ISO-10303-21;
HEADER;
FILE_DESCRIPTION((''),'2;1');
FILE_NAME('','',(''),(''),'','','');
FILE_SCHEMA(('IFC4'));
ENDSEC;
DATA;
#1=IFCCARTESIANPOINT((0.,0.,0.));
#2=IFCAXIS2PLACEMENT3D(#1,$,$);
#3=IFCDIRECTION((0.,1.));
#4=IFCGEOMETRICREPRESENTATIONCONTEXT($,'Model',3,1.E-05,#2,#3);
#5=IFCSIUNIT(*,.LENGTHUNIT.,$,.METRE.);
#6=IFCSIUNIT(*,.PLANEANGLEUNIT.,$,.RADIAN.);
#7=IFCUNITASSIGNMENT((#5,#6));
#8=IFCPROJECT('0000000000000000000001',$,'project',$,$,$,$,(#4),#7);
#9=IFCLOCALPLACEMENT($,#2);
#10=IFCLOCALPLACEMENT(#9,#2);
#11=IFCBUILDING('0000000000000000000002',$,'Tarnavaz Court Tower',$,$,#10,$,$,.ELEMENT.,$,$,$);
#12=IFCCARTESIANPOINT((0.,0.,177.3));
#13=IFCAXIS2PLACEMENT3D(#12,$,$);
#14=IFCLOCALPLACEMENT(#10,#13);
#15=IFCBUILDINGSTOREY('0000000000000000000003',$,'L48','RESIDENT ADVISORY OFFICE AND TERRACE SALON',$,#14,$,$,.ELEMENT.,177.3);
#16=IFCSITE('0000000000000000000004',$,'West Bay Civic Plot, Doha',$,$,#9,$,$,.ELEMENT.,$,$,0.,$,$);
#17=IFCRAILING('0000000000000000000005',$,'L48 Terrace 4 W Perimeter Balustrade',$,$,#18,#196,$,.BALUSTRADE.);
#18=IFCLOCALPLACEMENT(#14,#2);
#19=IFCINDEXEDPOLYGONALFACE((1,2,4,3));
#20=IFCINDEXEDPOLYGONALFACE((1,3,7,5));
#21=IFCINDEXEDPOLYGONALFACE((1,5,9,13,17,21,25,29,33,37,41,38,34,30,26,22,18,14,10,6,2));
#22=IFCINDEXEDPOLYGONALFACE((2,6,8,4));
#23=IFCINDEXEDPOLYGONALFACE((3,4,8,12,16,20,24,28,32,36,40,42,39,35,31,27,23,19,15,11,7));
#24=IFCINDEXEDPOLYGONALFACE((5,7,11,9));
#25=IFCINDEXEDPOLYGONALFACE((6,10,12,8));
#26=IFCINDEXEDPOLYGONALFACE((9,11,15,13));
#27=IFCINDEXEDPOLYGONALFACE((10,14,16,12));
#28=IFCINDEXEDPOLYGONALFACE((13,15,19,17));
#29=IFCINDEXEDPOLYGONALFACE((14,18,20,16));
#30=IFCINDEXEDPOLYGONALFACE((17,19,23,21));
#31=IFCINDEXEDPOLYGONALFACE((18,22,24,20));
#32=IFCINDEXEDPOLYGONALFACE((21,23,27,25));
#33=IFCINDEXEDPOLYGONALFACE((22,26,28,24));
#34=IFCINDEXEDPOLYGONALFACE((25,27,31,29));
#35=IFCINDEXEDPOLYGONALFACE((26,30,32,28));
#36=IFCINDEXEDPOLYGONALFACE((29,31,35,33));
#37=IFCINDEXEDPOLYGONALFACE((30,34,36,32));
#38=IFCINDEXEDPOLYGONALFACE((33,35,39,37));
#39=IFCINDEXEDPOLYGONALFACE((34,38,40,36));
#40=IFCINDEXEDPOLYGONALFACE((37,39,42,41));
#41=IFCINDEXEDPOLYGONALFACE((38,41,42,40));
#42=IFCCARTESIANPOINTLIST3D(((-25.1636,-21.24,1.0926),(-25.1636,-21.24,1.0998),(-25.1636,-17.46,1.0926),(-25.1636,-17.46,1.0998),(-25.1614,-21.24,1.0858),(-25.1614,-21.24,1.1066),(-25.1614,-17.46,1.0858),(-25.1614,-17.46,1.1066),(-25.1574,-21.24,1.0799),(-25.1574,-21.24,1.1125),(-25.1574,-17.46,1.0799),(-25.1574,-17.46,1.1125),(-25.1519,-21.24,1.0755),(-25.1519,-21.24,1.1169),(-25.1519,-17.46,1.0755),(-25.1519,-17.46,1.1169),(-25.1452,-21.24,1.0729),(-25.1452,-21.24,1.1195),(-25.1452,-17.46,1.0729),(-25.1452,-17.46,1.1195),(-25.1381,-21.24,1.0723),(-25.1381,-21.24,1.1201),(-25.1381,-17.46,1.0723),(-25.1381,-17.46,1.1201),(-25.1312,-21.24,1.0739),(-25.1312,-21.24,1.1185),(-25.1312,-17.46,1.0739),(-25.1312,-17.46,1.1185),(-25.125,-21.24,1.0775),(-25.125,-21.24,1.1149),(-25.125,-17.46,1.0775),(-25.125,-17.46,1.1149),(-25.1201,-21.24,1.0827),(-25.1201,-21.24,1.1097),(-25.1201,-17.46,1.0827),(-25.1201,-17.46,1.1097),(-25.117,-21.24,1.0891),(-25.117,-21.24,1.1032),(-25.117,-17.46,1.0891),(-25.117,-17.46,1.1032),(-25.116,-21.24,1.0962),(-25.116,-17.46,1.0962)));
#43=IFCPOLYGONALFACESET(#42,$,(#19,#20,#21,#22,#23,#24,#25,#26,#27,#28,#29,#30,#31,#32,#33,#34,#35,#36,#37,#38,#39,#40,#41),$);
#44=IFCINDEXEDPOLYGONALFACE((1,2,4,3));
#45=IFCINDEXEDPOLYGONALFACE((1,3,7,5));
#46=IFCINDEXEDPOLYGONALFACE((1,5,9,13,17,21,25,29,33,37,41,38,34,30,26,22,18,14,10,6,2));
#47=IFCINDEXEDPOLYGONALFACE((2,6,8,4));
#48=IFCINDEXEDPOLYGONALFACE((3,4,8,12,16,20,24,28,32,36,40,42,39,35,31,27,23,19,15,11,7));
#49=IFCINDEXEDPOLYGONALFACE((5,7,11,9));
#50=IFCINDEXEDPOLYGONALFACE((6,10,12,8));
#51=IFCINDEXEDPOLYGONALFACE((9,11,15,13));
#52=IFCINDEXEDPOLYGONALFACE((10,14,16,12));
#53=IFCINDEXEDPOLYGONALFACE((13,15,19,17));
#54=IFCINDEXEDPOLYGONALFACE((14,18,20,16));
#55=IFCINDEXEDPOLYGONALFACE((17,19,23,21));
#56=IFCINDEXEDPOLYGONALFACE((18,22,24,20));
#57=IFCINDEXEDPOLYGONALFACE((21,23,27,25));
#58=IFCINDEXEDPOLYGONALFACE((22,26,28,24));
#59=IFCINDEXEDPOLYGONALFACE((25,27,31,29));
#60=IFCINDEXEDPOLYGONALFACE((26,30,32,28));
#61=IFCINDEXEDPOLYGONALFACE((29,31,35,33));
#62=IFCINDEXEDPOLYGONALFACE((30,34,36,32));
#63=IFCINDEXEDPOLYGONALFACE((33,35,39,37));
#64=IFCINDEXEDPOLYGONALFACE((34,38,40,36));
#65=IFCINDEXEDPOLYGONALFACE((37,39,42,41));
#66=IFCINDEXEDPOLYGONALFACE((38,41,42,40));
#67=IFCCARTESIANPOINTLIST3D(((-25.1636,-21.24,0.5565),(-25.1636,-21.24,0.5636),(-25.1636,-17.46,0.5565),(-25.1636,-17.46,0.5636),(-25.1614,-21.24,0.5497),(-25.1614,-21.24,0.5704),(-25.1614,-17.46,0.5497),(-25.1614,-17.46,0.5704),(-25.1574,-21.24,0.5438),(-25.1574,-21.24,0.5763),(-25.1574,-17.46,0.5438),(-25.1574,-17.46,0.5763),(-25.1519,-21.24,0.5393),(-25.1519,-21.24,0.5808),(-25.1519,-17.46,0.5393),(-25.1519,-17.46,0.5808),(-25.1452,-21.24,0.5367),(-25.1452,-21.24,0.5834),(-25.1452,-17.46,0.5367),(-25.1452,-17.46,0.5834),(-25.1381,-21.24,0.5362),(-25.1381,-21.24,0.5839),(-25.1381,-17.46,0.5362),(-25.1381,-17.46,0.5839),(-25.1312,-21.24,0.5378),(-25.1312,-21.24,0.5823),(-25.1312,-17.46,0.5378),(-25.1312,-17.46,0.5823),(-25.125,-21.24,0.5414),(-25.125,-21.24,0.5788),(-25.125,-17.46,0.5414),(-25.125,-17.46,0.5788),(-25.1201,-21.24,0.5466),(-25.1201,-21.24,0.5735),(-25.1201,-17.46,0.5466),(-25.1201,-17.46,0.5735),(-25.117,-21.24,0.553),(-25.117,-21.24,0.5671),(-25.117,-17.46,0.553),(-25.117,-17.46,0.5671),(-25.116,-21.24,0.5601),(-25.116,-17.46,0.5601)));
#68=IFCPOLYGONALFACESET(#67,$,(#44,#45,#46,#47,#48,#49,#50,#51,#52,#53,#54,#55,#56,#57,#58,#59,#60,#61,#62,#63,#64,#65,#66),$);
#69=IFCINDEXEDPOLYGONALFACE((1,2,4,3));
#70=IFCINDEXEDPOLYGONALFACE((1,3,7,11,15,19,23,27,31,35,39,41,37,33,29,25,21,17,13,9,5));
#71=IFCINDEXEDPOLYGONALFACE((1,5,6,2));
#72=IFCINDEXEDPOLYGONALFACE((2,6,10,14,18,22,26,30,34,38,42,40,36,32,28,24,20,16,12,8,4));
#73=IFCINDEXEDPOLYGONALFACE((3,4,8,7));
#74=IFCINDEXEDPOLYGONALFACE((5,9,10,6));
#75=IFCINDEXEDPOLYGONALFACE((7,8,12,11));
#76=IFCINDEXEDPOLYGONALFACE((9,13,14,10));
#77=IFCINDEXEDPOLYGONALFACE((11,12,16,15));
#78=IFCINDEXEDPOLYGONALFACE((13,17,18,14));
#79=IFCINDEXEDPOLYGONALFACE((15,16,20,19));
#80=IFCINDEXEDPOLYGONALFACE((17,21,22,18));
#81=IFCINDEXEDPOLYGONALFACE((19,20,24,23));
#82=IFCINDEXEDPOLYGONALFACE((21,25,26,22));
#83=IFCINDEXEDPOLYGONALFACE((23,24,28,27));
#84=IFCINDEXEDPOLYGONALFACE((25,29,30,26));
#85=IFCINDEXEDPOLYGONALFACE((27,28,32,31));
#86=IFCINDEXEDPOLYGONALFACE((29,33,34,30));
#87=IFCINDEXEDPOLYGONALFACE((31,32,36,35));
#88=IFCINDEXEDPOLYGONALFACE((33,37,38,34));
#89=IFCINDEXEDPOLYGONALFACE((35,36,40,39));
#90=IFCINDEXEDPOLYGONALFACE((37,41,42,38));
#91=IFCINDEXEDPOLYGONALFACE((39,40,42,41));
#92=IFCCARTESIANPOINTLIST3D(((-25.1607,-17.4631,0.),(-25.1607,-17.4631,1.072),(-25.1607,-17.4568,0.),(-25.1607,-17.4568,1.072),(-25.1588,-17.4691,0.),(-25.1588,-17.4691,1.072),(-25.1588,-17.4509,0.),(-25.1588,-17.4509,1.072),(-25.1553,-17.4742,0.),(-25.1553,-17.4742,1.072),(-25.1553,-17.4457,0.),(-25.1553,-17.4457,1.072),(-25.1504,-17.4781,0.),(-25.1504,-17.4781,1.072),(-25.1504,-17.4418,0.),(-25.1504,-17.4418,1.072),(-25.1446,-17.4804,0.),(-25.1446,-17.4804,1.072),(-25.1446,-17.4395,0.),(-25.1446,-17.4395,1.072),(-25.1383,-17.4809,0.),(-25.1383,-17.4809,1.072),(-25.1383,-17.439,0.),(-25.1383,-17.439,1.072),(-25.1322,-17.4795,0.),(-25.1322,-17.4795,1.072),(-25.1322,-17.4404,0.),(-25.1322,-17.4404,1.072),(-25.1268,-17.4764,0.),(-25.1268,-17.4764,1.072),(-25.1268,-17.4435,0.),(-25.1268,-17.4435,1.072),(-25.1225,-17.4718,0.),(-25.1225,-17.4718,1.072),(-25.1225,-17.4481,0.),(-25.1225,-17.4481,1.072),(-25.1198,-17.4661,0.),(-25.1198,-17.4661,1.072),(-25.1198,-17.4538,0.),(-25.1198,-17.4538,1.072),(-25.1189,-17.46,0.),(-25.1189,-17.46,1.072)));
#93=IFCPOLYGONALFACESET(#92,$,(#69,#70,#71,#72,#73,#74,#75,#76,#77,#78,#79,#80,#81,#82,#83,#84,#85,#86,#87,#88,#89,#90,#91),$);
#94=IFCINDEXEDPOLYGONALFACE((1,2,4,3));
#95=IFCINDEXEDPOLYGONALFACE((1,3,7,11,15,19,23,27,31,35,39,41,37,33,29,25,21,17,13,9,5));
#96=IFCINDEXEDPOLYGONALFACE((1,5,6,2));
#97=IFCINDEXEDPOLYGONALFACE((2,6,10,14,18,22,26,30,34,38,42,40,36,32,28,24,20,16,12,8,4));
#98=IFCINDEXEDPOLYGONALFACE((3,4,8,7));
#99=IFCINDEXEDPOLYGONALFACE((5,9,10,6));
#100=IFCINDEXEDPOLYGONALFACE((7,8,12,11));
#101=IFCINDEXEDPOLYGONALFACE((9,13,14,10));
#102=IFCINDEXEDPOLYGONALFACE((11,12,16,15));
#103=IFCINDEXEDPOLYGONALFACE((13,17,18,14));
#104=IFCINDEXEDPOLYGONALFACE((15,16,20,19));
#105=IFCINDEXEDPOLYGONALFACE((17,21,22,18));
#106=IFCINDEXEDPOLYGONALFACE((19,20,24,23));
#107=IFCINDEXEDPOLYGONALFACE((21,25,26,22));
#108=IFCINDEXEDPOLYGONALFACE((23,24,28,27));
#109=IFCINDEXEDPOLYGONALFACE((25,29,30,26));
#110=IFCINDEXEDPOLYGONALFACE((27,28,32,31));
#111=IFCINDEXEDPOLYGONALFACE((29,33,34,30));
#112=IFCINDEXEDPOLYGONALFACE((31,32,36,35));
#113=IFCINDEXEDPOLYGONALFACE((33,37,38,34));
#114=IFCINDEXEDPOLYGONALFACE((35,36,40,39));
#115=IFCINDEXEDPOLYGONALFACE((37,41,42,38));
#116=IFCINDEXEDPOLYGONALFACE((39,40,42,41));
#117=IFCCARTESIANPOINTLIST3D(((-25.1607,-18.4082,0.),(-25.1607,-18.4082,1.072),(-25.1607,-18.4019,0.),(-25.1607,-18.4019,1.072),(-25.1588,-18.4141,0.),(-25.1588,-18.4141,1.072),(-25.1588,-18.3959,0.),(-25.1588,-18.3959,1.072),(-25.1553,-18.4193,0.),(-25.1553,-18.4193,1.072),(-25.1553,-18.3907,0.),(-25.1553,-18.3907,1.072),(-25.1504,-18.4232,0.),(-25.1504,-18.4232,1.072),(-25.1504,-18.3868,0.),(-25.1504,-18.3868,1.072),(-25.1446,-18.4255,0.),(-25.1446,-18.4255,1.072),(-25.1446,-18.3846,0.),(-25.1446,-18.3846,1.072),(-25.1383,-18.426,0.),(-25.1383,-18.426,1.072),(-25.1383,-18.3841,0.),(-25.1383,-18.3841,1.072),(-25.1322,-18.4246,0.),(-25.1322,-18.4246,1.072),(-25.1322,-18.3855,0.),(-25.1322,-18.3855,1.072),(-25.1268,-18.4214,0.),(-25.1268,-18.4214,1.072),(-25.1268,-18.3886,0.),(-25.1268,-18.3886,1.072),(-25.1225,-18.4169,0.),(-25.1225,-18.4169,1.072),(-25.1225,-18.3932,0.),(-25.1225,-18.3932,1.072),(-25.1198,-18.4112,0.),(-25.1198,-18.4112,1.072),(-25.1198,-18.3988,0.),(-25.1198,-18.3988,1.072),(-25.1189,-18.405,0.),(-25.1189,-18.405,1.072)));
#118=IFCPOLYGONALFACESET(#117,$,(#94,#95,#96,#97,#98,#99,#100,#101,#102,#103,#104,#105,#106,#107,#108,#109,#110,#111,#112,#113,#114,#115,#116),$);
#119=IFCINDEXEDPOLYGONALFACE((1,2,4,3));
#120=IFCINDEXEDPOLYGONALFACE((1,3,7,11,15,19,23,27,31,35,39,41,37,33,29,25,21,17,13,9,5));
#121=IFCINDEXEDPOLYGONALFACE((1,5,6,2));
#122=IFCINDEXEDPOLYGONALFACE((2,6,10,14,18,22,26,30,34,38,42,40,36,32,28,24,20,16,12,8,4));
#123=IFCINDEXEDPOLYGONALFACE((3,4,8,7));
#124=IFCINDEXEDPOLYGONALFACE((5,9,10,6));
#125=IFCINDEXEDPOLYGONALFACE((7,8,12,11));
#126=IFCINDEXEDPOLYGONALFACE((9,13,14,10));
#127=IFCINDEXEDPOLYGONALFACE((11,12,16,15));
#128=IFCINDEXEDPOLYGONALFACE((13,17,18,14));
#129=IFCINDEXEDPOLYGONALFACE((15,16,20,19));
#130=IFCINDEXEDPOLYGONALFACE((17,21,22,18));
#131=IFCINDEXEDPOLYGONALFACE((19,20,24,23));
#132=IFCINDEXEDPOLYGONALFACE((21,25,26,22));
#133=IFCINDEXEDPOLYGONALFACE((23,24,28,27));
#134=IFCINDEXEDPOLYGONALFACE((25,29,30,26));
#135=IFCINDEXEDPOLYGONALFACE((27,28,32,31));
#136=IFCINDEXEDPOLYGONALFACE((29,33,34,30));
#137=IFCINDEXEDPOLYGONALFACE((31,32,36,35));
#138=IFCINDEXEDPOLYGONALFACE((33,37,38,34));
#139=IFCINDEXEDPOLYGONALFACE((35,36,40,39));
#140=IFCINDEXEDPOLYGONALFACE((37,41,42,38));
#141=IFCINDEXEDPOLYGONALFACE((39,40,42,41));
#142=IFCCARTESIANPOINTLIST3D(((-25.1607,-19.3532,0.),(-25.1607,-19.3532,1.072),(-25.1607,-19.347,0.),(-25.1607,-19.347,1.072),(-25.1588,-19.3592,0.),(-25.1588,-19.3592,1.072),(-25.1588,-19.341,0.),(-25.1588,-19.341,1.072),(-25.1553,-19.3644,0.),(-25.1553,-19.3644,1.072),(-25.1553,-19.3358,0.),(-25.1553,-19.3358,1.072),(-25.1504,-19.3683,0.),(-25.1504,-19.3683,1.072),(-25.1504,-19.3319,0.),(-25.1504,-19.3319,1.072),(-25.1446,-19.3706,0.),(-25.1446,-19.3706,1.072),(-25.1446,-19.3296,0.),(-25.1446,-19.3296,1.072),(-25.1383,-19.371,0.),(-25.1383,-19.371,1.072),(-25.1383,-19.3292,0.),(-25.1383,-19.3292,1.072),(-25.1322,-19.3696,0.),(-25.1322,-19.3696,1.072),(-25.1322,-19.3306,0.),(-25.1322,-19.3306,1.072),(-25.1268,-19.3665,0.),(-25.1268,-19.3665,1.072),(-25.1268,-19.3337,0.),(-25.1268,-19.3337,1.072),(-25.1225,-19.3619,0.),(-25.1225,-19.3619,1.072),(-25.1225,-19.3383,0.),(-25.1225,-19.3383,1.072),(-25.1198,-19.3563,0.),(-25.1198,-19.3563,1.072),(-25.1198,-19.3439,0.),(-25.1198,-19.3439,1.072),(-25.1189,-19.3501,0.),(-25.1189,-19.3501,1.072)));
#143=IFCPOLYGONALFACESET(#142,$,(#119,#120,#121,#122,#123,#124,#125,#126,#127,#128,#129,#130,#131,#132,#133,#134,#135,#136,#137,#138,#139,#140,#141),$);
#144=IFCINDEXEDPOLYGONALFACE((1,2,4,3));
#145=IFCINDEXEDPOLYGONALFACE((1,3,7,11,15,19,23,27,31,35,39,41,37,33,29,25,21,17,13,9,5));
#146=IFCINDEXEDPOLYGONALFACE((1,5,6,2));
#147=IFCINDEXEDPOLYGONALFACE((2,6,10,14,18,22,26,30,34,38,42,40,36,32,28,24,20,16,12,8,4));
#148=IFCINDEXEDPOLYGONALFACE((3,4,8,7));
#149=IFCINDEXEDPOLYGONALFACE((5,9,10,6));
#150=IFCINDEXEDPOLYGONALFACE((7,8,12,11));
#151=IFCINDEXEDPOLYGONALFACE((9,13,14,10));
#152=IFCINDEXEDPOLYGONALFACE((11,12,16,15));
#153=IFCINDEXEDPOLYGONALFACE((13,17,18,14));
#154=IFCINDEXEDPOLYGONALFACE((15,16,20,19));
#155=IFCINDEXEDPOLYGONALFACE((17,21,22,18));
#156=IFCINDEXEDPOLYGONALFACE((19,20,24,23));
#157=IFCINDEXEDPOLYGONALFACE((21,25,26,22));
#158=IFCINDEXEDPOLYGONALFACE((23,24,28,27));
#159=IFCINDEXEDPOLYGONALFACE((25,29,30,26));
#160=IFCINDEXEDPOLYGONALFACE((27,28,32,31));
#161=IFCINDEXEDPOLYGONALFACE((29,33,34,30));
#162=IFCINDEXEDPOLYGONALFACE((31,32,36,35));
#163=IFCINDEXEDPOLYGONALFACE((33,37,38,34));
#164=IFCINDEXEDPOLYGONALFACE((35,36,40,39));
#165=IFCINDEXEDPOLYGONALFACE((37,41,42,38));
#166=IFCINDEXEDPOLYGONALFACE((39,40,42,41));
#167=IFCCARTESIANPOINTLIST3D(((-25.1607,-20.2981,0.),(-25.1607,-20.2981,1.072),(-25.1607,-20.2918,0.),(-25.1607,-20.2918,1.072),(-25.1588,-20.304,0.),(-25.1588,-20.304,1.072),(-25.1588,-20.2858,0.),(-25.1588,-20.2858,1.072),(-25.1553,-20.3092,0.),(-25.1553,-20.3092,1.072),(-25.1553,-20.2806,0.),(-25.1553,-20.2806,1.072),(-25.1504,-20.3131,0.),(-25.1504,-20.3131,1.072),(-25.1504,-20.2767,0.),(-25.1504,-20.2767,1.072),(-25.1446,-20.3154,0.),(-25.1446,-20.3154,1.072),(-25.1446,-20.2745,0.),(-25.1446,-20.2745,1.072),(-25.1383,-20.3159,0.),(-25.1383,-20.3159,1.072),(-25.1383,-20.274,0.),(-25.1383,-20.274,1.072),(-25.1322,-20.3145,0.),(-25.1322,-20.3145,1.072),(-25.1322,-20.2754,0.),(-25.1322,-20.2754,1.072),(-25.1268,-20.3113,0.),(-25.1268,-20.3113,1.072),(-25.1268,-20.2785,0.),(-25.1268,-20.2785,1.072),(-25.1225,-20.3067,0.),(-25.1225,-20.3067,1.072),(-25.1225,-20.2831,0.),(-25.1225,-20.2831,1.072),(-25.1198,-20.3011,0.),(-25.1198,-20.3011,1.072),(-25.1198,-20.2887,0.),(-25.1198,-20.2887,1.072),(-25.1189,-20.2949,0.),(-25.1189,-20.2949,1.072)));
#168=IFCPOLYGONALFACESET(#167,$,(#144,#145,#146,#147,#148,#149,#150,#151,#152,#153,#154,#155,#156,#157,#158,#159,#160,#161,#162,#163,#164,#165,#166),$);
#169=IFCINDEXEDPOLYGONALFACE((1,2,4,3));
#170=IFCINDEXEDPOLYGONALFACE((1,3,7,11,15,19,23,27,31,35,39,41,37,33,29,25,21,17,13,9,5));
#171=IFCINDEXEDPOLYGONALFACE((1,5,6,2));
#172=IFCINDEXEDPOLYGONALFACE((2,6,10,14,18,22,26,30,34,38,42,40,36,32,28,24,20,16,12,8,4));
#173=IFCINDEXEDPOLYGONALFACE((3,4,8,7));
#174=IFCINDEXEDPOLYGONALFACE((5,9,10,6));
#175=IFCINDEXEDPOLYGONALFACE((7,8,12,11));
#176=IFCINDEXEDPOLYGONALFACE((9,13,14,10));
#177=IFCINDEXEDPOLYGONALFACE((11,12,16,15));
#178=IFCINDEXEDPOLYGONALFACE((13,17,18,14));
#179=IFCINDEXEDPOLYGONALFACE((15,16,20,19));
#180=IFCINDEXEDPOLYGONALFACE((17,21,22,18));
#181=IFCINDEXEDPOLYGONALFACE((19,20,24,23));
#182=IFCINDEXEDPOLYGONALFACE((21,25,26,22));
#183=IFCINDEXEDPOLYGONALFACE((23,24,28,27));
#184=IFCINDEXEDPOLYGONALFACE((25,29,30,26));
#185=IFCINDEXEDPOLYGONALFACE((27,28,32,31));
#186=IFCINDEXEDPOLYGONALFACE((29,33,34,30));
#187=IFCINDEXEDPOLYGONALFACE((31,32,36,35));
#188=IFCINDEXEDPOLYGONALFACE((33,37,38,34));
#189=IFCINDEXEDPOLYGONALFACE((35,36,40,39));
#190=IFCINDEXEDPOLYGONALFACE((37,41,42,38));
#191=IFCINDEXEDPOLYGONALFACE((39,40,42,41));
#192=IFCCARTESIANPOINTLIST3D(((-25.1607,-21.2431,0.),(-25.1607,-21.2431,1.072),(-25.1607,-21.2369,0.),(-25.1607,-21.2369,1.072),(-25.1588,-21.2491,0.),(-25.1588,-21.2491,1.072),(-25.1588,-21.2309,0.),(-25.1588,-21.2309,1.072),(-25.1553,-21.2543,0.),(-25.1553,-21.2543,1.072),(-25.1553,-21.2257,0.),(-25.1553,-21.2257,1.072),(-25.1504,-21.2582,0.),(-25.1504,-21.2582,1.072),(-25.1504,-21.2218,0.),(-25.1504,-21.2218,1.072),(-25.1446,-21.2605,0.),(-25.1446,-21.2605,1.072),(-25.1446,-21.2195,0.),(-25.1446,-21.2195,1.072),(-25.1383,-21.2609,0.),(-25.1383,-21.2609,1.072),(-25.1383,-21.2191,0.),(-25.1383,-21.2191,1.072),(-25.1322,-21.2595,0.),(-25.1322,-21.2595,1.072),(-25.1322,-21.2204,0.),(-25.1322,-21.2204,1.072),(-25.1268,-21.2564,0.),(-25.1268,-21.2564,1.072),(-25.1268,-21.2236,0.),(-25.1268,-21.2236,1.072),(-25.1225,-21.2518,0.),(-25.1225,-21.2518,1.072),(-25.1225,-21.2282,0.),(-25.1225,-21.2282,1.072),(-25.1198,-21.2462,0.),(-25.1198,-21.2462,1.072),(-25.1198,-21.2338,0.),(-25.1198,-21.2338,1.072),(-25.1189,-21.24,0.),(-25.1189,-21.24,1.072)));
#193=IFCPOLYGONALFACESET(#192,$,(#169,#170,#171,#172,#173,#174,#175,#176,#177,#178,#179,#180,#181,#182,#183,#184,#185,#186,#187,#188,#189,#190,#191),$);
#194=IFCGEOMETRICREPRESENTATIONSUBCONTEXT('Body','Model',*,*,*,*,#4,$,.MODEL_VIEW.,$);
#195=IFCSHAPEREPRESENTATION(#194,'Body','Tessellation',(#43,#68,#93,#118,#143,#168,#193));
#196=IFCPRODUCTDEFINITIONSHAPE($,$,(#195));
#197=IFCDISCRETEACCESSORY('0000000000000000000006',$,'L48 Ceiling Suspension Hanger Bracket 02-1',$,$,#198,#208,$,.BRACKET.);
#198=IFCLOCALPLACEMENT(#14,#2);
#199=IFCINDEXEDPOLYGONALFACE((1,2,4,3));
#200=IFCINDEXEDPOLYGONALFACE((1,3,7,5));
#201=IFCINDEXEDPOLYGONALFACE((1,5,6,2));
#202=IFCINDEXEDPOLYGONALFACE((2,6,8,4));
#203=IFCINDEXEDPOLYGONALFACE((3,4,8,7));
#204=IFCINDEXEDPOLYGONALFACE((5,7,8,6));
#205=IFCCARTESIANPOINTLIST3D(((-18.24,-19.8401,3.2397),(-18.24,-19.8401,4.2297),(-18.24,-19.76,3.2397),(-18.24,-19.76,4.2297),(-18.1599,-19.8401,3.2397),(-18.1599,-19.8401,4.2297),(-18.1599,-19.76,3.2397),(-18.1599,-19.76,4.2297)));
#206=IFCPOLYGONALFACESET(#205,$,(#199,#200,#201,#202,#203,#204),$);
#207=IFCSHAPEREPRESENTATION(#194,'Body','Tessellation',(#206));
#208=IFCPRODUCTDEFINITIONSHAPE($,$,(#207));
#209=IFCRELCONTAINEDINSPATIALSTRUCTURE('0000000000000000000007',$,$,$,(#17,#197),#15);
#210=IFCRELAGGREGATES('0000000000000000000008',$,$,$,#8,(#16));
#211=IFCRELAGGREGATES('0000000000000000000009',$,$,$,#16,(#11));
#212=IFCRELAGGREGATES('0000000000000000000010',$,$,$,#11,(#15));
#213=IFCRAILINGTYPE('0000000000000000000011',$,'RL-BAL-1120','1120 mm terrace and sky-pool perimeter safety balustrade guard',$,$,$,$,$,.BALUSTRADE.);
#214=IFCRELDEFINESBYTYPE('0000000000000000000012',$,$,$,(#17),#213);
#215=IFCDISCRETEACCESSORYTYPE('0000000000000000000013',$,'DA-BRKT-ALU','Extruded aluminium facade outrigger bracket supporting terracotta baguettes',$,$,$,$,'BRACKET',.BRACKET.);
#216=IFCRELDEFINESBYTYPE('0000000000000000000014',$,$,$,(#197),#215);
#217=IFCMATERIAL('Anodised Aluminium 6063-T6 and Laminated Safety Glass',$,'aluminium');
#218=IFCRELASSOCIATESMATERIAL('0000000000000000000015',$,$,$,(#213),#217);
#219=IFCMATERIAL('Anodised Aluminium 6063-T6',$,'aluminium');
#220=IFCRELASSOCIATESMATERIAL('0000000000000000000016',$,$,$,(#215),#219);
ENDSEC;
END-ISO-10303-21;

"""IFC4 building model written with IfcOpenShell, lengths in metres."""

from ifc_helpers import new_model, si_unit, direction, frame, origin, origin_2d, place, context, subcontext, project, spatial, rectangle, circle, extrude, material, type_object, element, save


model = new_model("IFC4")

# Units and contexts
model_context = context("Model", 3, precision=1e-05, world=origin(), true_north=direction((0.0, 1.0)))
body_context = subcontext(model_context, "Body", "Model", "MODEL_VIEW")
ifc_project = project(units=[si_unit("LENGTHUNIT", "METRE"), si_unit("PLANEANGLEUNIT", "RADIAN")], contexts=[model_context])

# Site, building, storey
site_placement = place(None, origin())
site = spatial("IfcSite", under=ifc_project, at=site_placement, Name="West Bay Civic Plot, Doha", CompositionType="ELEMENT", RefElevation=0.0)
building_placement = place(site_placement, origin())
building = spatial("IfcBuilding", under=site, at=building_placement, Name="Tarnavaz Court Tower", CompositionType="ELEMENT")
storey_placement = place(building_placement, frame((0.0, 0.0, 177.3)))
storey = spatial("IfcBuildingStorey", under=building, at=storey_placement, Name="L48", Description="RESIDENT ADVISORY OFFICE AND TERRACE SALON", CompositionType="ELEMENT", Elevation=177.3)

# Shared definitions
ifc_material_1 = material(Name="Anodised Aluminium 6063-T6", Category="aluminium")

# Railing
ifc_material_2 = material(Name="Anodised Aluminium 6063-T6 and Laminated Safety Glass", Category="aluminium")
railing_type = type_object("IfcRailingType", Name="RL-BAL-1120", Description="1120 mm terrace and sky-pool perimeter safety balustrade guard", PredefinedType="BALUSTRADE", material=ifc_material_2)
railing_1_placement = place(storey_placement, frame((-25.1399, -17.46, 0.0)))
element("IfcRailing", 1, at=railing_1_placement, inside=storey, type_object=railing_type, Name="L48 Terrace 4 W Perimeter Balustrade", PredefinedType="BALUSTRADE", context=body_context, shape_type="SweptSolid", body=[
    extrude(circle(Radius=0.0239, at=origin_2d()), frame((0.0, 0.0, 1.0962), z_axis=(0.0, -1.0, 0.0), x_axis=(1.0, 0.0, 0.0)), (0.0, 0.0, 1.0), 3.78),
    extrude(circle(Radius=0.0239, at=origin_2d()), frame((0.0, 0.0, 0.5601), z_axis=(0.0, -1.0, 0.0), x_axis=(1.0, 0.0, 0.0)), (0.0, 0.0, 1.0), 3.78),
    extrude(circle(Radius=0.021, at=origin_2d()), origin(), (0.0, 0.0, 1.0), 1.072),
    extrude(circle(Radius=0.021, at=origin_2d()), frame((0.0, -0.9451, 0.0)), (0.0, 0.0, 1.0), 1.072),
    extrude(circle(Radius=0.021, at=origin_2d()), frame((0.0, -1.8901, 0.0)), (0.0, 0.0, 1.0), 1.072),
    extrude(circle(Radius=0.021, at=origin_2d()), frame((0.0, -2.835, 0.0)), (0.0, 0.0, 1.0), 1.072),
    extrude(circle(Radius=0.021, at=origin_2d()), frame((0.0, -3.78, 0.0)), (0.0, 0.0, 1.0), 1.072),
])

# Discrete accessory
discrete_accessory_type = type_object("IfcDiscreteAccessoryType", Name="DA-BRKT-ALU", Description="Extruded aluminium facade outrigger bracket supporting terracotta baguettes", ElementType="BRACKET", PredefinedType="BRACKET", material=ifc_material_1)
for number, where, z_axis, x_axis, name in (
    (2, (-18.2, -19.8, 3.2397), (0.0, 0.0, 1.0), (1.0, 0.0, 0.0), "L48 Ceiling Suspension Hanger Bracket 02-1"),
):
    element("IfcDiscreteAccessory", number, at=place(storey_placement, frame(where, z_axis=z_axis, x_axis=x_axis)), inside=storey, type_object=discrete_accessory_type, Name=name, PredefinedType="BRACKET", context=body_context, shape_type="SweptSolid", body=[
        extrude(rectangle(XDim=0.0801, YDim=0.0801, at=origin_2d()), origin(), (0.0, 0.0, 1.0), 0.99),
    ])

save(model, "model.ifc")
